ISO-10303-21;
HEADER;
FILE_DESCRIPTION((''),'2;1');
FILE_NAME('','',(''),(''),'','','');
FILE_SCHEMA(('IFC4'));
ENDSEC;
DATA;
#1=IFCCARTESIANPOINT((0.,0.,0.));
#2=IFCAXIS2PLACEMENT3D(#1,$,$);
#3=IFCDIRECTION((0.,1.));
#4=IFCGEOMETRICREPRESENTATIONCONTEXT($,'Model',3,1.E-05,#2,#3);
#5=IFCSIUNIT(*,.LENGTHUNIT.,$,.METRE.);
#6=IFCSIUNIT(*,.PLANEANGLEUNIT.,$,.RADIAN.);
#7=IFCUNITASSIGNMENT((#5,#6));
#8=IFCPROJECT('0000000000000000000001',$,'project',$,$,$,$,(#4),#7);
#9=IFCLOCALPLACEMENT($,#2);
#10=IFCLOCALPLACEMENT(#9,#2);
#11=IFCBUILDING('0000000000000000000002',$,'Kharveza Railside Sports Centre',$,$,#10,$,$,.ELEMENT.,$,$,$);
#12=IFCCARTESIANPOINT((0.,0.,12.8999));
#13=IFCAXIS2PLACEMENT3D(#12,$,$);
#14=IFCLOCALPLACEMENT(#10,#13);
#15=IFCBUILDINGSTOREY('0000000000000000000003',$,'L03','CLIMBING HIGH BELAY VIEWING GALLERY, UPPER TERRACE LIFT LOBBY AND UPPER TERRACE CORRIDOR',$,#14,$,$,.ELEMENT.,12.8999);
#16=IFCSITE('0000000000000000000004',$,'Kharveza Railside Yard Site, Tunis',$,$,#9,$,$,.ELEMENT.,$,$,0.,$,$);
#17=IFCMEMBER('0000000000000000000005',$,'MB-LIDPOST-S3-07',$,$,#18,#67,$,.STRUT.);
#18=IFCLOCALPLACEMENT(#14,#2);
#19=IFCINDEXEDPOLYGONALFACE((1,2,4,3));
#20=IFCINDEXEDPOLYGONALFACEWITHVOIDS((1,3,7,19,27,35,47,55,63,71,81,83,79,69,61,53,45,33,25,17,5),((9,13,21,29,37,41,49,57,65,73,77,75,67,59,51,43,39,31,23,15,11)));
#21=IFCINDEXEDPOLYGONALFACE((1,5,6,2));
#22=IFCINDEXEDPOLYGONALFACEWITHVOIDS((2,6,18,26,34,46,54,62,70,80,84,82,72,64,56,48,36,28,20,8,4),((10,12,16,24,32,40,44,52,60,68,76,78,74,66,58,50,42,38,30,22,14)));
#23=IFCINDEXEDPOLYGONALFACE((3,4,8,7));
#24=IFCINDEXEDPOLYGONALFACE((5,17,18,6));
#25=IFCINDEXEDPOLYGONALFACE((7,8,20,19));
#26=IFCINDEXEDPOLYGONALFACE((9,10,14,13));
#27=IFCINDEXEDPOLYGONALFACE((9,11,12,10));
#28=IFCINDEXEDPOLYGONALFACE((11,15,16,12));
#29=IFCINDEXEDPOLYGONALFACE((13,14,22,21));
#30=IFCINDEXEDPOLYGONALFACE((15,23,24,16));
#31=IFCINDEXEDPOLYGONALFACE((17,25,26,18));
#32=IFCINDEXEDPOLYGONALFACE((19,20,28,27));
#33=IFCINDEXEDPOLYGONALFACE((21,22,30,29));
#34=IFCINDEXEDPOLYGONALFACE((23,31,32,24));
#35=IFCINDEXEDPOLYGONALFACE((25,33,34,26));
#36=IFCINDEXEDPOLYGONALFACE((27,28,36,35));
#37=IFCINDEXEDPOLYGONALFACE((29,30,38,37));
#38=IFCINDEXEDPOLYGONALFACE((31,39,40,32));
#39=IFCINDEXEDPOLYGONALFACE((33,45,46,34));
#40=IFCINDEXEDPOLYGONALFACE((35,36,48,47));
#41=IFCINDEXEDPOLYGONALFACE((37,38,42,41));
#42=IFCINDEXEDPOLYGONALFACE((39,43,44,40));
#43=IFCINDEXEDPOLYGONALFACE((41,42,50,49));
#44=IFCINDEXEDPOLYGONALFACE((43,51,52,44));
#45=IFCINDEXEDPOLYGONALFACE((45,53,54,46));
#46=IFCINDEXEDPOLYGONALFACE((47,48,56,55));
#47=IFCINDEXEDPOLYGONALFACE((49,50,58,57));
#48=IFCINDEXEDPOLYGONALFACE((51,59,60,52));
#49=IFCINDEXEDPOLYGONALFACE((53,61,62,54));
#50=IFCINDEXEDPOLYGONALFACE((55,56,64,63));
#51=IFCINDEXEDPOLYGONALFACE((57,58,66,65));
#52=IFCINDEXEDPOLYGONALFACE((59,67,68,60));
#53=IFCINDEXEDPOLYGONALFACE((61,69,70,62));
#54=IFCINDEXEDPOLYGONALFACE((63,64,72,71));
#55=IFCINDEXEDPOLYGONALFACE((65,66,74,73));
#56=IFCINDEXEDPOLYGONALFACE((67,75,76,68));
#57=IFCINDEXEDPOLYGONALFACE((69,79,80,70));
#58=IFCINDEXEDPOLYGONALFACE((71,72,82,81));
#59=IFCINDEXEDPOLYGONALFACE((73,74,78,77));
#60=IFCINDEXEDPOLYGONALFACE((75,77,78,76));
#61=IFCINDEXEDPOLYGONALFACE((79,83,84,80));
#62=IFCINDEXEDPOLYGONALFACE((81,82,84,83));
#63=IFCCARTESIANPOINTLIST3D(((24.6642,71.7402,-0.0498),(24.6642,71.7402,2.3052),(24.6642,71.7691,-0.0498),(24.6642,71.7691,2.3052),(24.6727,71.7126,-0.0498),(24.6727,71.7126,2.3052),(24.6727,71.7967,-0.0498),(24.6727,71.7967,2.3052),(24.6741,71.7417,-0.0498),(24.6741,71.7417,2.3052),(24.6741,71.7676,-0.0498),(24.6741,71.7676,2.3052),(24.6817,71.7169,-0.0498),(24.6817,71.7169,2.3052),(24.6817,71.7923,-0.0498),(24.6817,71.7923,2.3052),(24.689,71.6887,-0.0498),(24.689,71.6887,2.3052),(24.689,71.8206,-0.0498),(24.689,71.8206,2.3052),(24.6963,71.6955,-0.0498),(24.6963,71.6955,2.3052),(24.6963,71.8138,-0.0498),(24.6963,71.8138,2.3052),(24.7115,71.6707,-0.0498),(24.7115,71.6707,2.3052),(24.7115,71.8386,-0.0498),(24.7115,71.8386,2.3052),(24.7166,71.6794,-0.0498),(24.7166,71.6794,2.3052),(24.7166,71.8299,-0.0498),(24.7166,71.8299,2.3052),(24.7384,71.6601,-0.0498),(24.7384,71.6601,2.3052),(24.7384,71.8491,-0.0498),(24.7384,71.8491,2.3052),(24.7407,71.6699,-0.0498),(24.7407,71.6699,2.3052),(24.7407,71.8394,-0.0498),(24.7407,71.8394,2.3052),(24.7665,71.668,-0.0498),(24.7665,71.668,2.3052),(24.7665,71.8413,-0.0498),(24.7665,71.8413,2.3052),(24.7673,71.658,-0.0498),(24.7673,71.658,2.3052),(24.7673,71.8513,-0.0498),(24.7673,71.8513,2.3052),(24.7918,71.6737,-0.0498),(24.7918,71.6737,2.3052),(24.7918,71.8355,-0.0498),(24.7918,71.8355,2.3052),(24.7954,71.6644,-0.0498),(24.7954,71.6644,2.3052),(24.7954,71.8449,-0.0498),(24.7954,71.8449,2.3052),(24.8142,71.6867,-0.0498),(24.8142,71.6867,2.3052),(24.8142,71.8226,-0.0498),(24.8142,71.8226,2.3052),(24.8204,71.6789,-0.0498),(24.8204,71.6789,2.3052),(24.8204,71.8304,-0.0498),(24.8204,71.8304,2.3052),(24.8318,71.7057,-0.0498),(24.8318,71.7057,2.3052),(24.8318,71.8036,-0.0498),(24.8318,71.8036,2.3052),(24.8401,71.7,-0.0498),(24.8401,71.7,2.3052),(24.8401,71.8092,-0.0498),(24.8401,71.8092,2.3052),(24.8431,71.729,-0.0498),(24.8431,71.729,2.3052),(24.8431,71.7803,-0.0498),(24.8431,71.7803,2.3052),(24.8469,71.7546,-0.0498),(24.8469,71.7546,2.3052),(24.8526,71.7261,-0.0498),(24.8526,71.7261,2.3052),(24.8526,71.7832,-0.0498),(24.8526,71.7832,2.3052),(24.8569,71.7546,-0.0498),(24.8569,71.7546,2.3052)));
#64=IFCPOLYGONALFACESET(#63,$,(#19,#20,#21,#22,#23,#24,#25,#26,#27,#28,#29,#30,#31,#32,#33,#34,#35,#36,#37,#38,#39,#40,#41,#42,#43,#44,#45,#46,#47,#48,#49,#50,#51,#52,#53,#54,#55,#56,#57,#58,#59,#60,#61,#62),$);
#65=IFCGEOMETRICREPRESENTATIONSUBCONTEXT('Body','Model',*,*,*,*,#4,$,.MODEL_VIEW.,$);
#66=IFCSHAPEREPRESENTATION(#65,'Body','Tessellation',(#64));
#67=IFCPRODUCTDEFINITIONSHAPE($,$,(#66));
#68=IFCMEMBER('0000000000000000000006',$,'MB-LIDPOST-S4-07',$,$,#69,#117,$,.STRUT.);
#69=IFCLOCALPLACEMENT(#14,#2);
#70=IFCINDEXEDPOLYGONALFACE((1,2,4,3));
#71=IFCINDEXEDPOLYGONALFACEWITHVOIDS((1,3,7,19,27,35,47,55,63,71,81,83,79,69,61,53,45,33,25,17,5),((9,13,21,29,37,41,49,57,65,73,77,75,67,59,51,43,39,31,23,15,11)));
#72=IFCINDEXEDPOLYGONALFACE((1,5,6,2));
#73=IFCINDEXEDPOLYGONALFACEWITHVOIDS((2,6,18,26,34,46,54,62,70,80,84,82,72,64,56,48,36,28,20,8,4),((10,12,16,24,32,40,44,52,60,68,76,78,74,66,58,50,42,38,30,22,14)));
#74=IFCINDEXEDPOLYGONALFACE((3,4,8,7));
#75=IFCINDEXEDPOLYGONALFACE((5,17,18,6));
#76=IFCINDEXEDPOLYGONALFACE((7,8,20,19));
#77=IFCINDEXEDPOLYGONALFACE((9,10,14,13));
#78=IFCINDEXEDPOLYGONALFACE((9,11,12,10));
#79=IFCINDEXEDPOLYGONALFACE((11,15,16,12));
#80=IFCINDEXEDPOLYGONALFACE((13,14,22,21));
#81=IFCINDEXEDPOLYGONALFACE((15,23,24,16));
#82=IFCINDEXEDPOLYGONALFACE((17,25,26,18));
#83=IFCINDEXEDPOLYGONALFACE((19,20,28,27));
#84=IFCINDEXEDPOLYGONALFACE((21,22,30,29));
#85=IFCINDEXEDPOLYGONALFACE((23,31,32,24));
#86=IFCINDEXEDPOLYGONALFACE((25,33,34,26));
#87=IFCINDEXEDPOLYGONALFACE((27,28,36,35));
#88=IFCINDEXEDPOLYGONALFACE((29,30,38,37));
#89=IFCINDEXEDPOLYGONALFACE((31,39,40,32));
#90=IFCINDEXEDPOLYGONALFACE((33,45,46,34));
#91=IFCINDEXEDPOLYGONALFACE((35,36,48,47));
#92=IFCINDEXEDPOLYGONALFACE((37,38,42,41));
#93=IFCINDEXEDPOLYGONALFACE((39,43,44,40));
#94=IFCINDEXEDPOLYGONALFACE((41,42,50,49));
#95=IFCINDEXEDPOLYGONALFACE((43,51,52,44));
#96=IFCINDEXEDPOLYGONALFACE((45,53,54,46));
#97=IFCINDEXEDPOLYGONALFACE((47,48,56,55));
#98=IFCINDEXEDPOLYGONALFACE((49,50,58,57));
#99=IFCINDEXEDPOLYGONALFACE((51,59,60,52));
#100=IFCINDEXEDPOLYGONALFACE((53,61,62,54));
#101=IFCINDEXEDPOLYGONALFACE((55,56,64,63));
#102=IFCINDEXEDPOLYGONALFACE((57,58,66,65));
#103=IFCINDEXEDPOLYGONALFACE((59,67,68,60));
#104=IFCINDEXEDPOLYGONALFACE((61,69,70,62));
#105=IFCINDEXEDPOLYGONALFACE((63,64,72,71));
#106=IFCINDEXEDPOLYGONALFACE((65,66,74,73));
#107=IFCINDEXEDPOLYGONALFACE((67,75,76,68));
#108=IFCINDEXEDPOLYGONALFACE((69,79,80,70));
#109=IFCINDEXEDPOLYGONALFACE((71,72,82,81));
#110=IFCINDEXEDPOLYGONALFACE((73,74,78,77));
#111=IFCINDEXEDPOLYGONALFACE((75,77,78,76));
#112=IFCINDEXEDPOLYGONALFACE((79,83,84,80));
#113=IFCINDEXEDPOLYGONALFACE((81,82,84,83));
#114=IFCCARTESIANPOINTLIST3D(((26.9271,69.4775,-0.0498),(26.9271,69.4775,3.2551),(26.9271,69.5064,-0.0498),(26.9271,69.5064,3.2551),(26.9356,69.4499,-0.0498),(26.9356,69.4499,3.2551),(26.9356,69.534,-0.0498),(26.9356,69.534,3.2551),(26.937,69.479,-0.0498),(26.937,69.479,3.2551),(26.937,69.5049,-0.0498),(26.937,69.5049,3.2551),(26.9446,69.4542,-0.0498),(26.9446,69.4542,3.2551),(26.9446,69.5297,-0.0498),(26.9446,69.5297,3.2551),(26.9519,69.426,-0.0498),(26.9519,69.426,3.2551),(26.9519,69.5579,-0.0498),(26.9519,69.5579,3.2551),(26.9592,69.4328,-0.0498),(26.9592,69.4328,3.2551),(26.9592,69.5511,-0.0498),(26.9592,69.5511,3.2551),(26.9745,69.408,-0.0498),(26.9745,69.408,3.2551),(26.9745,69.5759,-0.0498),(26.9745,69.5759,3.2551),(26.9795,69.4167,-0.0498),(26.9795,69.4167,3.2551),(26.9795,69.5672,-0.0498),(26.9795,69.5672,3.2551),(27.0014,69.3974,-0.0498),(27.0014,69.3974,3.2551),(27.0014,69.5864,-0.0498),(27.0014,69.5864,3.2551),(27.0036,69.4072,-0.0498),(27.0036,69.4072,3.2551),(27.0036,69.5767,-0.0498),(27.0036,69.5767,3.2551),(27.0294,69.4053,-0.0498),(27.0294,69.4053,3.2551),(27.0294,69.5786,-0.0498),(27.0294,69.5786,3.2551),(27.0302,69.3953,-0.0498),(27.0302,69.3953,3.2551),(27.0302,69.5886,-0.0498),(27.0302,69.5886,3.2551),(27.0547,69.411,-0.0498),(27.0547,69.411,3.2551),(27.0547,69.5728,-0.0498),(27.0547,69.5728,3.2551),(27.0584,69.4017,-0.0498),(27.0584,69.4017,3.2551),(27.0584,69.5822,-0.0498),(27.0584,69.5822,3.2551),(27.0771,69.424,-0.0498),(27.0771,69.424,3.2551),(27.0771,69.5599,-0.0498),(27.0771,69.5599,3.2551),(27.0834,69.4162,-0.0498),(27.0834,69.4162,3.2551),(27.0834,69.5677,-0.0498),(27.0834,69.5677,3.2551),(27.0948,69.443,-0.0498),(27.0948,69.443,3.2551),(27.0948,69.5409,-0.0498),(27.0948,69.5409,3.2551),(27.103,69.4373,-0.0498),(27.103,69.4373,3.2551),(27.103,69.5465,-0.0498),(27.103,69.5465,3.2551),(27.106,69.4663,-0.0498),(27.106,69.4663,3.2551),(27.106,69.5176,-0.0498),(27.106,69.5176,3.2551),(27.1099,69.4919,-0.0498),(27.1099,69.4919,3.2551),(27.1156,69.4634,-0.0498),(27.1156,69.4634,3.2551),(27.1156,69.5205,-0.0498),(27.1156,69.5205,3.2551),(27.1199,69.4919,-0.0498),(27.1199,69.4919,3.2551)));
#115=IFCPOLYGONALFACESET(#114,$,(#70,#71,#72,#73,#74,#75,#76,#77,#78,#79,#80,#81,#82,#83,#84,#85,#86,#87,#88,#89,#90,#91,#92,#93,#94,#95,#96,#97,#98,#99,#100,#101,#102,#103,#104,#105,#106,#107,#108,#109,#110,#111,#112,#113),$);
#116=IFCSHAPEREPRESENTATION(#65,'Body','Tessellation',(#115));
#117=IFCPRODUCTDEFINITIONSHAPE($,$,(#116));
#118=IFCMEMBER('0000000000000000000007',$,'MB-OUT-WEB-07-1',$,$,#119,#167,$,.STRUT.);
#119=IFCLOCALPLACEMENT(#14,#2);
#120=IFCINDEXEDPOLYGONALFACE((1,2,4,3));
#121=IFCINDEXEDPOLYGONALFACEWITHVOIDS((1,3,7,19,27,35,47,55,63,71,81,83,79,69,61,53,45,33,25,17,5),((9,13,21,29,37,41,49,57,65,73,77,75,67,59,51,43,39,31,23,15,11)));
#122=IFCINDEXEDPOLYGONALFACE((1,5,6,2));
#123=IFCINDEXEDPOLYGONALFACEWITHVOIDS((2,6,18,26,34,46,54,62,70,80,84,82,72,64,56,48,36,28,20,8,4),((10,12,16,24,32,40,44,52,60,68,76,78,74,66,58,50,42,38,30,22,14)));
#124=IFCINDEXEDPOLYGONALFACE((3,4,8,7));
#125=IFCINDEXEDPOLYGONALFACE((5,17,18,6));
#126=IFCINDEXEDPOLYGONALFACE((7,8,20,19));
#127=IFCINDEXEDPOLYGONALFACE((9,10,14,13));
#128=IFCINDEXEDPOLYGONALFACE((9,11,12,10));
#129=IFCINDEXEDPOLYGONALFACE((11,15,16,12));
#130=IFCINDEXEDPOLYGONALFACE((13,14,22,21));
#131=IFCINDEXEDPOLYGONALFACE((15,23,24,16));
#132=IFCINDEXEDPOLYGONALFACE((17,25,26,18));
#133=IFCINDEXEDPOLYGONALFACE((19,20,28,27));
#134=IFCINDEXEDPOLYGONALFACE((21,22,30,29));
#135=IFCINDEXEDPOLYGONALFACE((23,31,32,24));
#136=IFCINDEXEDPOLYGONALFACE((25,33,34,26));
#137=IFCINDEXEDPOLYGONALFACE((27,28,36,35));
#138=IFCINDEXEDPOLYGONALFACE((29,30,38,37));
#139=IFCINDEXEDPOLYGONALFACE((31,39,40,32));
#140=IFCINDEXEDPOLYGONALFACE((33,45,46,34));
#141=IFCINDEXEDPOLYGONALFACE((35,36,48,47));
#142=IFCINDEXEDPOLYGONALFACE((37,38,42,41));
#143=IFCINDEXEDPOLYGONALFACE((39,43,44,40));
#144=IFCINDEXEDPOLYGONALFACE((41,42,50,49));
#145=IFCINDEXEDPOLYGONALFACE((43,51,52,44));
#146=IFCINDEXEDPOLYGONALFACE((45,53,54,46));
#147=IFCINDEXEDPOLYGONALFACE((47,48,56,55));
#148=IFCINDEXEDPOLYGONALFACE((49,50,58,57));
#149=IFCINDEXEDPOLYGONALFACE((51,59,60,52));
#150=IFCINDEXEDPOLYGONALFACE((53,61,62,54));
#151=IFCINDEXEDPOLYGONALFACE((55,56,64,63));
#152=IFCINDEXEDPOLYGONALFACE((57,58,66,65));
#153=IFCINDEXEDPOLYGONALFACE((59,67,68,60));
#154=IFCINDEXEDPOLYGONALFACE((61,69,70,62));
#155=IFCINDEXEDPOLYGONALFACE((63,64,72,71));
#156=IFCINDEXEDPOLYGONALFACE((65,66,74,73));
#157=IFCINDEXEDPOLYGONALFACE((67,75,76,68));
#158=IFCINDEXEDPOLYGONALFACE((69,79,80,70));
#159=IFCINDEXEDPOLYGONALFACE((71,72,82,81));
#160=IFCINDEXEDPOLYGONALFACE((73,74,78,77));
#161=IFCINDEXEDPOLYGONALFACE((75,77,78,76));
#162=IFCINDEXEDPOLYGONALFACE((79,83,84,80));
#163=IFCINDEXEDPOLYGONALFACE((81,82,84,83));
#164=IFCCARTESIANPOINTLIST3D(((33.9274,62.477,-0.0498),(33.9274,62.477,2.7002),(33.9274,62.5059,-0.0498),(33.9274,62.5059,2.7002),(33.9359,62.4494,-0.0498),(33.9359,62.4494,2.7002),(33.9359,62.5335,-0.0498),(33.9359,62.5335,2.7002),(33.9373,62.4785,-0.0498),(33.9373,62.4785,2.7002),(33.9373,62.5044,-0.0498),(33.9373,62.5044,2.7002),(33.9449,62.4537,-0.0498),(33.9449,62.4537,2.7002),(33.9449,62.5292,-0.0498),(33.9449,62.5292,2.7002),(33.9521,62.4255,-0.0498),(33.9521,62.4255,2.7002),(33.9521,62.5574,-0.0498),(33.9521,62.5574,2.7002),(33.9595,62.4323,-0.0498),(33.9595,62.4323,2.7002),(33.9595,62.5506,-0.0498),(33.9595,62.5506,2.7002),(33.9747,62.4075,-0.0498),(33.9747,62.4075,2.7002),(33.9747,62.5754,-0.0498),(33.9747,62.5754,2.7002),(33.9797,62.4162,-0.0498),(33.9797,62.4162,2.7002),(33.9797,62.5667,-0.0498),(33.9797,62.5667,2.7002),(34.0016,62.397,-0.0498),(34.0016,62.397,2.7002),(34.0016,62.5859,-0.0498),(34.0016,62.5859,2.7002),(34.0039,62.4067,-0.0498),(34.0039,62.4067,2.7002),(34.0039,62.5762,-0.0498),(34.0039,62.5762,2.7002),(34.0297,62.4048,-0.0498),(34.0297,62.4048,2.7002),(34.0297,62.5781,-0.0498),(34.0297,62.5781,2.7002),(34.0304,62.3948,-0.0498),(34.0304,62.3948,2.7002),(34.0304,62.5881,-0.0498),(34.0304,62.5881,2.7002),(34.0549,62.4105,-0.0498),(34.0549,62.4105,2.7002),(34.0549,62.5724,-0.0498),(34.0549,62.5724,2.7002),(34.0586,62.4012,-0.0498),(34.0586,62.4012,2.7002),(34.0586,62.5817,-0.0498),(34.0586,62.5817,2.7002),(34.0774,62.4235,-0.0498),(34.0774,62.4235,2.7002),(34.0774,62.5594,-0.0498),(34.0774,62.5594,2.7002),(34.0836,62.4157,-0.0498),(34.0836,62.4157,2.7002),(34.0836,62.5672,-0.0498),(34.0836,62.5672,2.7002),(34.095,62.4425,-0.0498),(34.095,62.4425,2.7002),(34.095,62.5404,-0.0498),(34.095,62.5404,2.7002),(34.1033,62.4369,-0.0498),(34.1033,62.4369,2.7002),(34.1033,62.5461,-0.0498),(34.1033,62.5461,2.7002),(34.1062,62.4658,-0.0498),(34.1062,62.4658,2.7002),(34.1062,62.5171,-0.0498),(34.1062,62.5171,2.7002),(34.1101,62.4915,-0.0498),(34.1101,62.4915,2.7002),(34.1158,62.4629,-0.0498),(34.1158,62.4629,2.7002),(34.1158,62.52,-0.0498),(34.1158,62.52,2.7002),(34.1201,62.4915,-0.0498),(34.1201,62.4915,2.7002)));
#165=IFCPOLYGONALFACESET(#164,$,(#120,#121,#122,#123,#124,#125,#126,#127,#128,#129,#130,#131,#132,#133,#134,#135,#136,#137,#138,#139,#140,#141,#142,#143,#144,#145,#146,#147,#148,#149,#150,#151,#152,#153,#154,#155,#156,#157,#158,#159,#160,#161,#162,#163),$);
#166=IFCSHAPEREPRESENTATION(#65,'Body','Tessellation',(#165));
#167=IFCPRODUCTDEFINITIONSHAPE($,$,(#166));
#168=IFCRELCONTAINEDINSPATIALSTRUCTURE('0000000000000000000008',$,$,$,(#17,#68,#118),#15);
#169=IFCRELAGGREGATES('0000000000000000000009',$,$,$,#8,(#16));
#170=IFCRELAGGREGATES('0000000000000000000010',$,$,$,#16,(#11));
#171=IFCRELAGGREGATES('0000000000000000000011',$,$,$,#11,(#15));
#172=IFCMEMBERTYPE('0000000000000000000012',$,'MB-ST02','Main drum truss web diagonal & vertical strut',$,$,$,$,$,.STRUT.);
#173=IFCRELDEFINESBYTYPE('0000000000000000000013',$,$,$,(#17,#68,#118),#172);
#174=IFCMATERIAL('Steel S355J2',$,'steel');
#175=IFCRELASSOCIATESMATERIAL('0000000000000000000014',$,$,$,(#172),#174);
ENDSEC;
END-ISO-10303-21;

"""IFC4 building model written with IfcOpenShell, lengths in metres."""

from ifc_helpers import new_model, si_unit, direction, frame, origin, origin_2d, place, context, subcontext, project, spatial, hollow_circle, extrude, material, material_profile, profile_set, type_object, element, save


model = new_model("IFC4")

# Units and contexts
model_context = context("Model", 3, precision=1e-05, world=origin(), true_north=direction((0.0, 1.0)))
body_context = subcontext(model_context, "Body", "Model", "MODEL_VIEW")
ifc_project = project(units=[si_unit("LENGTHUNIT", "METRE"), si_unit("PLANEANGLEUNIT", "RADIAN")], contexts=[model_context])

# Site, building, storey
site_placement = place(None, origin())
site = spatial("IfcSite", under=ifc_project, at=site_placement, Name="Kharveza Railside Yard Site, Tunis", CompositionType="ELEMENT", RefElevation=0.0)
building_placement = place(site_placement, origin())
building = spatial("IfcBuilding", under=site, at=building_placement, Name="Kharveza Railside Sports Centre", CompositionType="ELEMENT")
storey_placement = place(building_placement, frame((0.0, 0.0, 12.8999)))
storey = spatial("IfcBuildingStorey", under=building, at=storey_placement, Name="L03", Description="CLIMBING HIGH BELAY VIEWING GALLERY, UPPER TERRACE LIFT LOBBY AND UPPER TERRACE CORRIDOR", CompositionType="ELEMENT", Elevation=12.8999)

# Shared definitions
ifc_material_1 = material(Name="Steel S355J2", Category="steel")

# Members
ifc_material_profile_1 = material_profile(ifc_material_1, hollow_circle(Radius=0.0969, WallThickness=0.01, at=origin_2d()), Name="CHS 193.7x10.0")
ifc_profile_set_1 = profile_set([ifc_material_profile_1], Name="Steel S355J2")
member_type_1 = type_object("IfcMemberType", Name="MB-ST02", Description="Main drum truss web diagonal & vertical strut", PredefinedType="STRUT", material=ifc_profile_set_1)
member_1_placement = place(storey_placement, frame((24.76, 71.7546, -0.0498), z_axis=(0.0, 0.0, 1.0), x_axis=(1.0, 0.0, 0.0)))
element("IfcMember", 1, at=member_1_placement, inside=storey, type_object=member_type_1, Name="MB-LIDPOST-S3-07", PredefinedType="STRUT", context=body_context, shape_type="SweptSolid", body=[
    extrude(hollow_circle(Radius=0.0969, WallThickness=0.01, at=origin_2d()), origin(), (0.0, 0.0, 1.0), 2.355),
])
member_2_placement = place(storey_placement, frame((27.0229, 69.4919, -0.0498), z_axis=(0.0, 0.0, 1.0), x_axis=(1.0, 0.0, 0.0)))
element("IfcMember", 2, at=member_2_placement, inside=storey, type_object=member_type_1, Name="MB-LIDPOST-S4-07", PredefinedType="STRUT", context=body_context, shape_type="SweptSolid", body=[
    extrude(hollow_circle(Radius=0.0969, WallThickness=0.01, at=origin_2d()), origin(), (0.0, 0.0, 1.0), 3.3049),
])
member_3_placement = place(storey_placement, frame((34.0232, 62.4915, -0.0498), z_axis=(0.0, 0.0, 1.0), x_axis=(1.0, 0.0, 0.0)))
element("IfcMember", 3, at=member_3_placement, inside=storey, type_object=member_type_1, Name="MB-OUT-WEB-07-1", PredefinedType="STRUT", context=body_context, shape_type="SweptSolid", body=[
    extrude(hollow_circle(Radius=0.0969, WallThickness=0.01, at=origin_2d()), origin(), (0.0, 0.0, 1.0), 2.75),
])

save(model, "model.ifc")
